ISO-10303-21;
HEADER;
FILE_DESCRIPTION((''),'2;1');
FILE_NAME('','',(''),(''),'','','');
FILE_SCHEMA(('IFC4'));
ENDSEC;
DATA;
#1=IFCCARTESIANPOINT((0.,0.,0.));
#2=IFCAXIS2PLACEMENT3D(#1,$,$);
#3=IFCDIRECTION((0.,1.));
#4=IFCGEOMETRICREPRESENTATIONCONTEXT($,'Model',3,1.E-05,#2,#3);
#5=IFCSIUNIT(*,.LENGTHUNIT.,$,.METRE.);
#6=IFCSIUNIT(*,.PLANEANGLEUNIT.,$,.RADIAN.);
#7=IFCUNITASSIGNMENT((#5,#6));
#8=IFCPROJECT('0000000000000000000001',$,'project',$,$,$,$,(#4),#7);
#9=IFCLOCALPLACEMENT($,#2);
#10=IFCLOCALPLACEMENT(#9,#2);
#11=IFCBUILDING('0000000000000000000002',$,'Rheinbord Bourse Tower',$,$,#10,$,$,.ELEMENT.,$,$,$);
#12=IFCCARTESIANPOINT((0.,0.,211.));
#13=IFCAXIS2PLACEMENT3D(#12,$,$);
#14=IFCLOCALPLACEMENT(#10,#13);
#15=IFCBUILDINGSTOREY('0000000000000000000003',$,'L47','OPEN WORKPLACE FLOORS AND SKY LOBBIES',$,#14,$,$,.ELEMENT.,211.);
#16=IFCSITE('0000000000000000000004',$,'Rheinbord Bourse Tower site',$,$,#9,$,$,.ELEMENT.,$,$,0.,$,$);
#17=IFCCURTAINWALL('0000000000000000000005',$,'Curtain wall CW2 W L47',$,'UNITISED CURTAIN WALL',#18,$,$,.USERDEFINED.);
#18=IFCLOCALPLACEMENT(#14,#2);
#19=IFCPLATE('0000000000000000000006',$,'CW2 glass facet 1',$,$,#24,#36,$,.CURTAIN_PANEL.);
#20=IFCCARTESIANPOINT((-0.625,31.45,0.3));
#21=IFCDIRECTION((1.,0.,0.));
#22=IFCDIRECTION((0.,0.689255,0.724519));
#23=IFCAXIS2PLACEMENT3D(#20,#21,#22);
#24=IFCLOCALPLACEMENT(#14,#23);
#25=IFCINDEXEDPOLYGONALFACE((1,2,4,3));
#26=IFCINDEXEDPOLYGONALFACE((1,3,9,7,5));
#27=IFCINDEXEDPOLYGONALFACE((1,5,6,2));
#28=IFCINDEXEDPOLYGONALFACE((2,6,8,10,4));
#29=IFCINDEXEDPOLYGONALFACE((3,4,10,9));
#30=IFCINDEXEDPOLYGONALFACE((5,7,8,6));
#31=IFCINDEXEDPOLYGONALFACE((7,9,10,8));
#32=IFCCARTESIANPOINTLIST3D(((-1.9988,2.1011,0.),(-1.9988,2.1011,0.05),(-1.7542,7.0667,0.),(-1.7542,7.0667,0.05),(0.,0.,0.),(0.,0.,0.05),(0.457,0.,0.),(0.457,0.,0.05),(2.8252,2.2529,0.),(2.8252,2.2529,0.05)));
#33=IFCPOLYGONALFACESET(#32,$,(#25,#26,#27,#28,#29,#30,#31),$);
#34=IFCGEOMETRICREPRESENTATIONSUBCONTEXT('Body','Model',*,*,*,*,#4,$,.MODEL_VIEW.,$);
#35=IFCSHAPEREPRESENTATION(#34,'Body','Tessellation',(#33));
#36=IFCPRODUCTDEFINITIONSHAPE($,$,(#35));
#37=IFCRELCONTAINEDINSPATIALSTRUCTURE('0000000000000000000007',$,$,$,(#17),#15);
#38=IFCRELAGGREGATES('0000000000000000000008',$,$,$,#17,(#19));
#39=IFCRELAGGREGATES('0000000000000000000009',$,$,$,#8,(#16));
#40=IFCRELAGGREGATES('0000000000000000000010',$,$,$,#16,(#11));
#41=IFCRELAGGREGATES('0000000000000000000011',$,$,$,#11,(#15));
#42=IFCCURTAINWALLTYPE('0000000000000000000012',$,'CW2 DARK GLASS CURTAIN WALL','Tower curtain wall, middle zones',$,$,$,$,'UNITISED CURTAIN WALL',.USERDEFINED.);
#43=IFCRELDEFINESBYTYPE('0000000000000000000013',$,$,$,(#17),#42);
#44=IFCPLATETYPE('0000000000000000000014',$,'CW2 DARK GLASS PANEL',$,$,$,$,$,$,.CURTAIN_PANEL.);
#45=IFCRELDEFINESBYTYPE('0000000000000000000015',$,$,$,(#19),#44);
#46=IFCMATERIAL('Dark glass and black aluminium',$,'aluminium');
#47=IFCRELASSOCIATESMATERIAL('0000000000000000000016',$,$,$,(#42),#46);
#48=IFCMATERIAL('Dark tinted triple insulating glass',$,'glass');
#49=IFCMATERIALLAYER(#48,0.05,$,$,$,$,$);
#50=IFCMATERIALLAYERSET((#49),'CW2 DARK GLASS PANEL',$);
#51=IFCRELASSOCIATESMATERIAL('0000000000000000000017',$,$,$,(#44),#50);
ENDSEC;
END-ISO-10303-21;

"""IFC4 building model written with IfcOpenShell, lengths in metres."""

from ifc_helpers import new_model, si_unit, direction, frame, origin, place, context, subcontext, project, spatial, polyline, outline, extrude, material, layer, layer_set, type_object, element, aggregate, save


model = new_model("IFC4")

# Units and contexts
model_context = context("Model", 3, precision=1e-05, world=origin(), true_north=direction((0.0, 1.0)))
body_context = subcontext(model_context, "Body", "Model", "MODEL_VIEW")
ifc_project = project(units=[si_unit("LENGTHUNIT", "METRE"), si_unit("PLANEANGLEUNIT", "RADIAN")], contexts=[model_context])

# Site, building, storey
site_placement = place(None, origin())
site = spatial("IfcSite", under=ifc_project, at=site_placement, Name="Rheinbord Bourse Tower site", CompositionType="ELEMENT", RefElevation=0.0)
building_placement = place(site_placement, origin())
building = spatial("IfcBuilding", under=site, at=building_placement, Name="Rheinbord Bourse Tower", CompositionType="ELEMENT")
storey_placement = place(building_placement, frame((0.0, 0.0, 211.0)))
storey = spatial("IfcBuildingStorey", under=building, at=storey_placement, Name="L47", Description="OPEN WORKPLACE FLOORS AND SKY LOBBIES", CompositionType="ELEMENT", Elevation=211.0)

# Curtain wall
ifc_material_1 = material(Name="Dark glass and black aluminium", Category="aluminium")
curtain_wall_type = type_object("IfcCurtainWallType", Name="CW2 DARK GLASS CURTAIN WALL", Description="Tower curtain wall, middle zones", ElementType="UNITISED CURTAIN WALL", PredefinedType="USERDEFINED", material=ifc_material_1)
curtain_wall_placement = place(storey_placement, origin())
curtain_wall = element("IfcCurtainWall", 1, at=curtain_wall_placement, inside=storey, type_object=curtain_wall_type, Name="Curtain wall CW2 W L47", ObjectType="UNITISED CURTAIN WALL", PredefinedType="USERDEFINED")

# Plate
ifc_material_2 = material(Name="Dark tinted triple insulating glass", Category="glass")
ifc_layer_1 = layer(ifc_material_2, 0.05)
ifc_layer_set_1 = layer_set([ifc_layer_1], Name="CW2 DARK GLASS PANEL")
plate_type = type_object("IfcPlateType", Name="CW2 DARK GLASS PANEL", PredefinedType="CURTAIN_PANEL", material=ifc_layer_set_1)
plate_1_placement = place(storey_placement, frame((-0.625, 31.45, 0.3), z_axis=(1.0, 0.0, 0.0), x_axis=(0.0, 0.689255, 0.724519)))
plate_1 = element("IfcPlate", 2, at=plate_1_placement, type_object=plate_type, Name="CW2 glass facet 1", PredefinedType="CURTAIN_PANEL", context=body_context, shape_type="SweptSolid", body=[
    extrude(outline(polyline([(0.0, 0.0), (0.457, 0.0), (2.8252, 2.2529), (-1.7542, 7.0667), (-1.9988, 2.1011), (0.0, 0.0)])), origin(), (0.0, 0.0, 1.0), 0.05),
])
aggregate(curtain_wall, [plate_1])

save(model, "model.ifc")
